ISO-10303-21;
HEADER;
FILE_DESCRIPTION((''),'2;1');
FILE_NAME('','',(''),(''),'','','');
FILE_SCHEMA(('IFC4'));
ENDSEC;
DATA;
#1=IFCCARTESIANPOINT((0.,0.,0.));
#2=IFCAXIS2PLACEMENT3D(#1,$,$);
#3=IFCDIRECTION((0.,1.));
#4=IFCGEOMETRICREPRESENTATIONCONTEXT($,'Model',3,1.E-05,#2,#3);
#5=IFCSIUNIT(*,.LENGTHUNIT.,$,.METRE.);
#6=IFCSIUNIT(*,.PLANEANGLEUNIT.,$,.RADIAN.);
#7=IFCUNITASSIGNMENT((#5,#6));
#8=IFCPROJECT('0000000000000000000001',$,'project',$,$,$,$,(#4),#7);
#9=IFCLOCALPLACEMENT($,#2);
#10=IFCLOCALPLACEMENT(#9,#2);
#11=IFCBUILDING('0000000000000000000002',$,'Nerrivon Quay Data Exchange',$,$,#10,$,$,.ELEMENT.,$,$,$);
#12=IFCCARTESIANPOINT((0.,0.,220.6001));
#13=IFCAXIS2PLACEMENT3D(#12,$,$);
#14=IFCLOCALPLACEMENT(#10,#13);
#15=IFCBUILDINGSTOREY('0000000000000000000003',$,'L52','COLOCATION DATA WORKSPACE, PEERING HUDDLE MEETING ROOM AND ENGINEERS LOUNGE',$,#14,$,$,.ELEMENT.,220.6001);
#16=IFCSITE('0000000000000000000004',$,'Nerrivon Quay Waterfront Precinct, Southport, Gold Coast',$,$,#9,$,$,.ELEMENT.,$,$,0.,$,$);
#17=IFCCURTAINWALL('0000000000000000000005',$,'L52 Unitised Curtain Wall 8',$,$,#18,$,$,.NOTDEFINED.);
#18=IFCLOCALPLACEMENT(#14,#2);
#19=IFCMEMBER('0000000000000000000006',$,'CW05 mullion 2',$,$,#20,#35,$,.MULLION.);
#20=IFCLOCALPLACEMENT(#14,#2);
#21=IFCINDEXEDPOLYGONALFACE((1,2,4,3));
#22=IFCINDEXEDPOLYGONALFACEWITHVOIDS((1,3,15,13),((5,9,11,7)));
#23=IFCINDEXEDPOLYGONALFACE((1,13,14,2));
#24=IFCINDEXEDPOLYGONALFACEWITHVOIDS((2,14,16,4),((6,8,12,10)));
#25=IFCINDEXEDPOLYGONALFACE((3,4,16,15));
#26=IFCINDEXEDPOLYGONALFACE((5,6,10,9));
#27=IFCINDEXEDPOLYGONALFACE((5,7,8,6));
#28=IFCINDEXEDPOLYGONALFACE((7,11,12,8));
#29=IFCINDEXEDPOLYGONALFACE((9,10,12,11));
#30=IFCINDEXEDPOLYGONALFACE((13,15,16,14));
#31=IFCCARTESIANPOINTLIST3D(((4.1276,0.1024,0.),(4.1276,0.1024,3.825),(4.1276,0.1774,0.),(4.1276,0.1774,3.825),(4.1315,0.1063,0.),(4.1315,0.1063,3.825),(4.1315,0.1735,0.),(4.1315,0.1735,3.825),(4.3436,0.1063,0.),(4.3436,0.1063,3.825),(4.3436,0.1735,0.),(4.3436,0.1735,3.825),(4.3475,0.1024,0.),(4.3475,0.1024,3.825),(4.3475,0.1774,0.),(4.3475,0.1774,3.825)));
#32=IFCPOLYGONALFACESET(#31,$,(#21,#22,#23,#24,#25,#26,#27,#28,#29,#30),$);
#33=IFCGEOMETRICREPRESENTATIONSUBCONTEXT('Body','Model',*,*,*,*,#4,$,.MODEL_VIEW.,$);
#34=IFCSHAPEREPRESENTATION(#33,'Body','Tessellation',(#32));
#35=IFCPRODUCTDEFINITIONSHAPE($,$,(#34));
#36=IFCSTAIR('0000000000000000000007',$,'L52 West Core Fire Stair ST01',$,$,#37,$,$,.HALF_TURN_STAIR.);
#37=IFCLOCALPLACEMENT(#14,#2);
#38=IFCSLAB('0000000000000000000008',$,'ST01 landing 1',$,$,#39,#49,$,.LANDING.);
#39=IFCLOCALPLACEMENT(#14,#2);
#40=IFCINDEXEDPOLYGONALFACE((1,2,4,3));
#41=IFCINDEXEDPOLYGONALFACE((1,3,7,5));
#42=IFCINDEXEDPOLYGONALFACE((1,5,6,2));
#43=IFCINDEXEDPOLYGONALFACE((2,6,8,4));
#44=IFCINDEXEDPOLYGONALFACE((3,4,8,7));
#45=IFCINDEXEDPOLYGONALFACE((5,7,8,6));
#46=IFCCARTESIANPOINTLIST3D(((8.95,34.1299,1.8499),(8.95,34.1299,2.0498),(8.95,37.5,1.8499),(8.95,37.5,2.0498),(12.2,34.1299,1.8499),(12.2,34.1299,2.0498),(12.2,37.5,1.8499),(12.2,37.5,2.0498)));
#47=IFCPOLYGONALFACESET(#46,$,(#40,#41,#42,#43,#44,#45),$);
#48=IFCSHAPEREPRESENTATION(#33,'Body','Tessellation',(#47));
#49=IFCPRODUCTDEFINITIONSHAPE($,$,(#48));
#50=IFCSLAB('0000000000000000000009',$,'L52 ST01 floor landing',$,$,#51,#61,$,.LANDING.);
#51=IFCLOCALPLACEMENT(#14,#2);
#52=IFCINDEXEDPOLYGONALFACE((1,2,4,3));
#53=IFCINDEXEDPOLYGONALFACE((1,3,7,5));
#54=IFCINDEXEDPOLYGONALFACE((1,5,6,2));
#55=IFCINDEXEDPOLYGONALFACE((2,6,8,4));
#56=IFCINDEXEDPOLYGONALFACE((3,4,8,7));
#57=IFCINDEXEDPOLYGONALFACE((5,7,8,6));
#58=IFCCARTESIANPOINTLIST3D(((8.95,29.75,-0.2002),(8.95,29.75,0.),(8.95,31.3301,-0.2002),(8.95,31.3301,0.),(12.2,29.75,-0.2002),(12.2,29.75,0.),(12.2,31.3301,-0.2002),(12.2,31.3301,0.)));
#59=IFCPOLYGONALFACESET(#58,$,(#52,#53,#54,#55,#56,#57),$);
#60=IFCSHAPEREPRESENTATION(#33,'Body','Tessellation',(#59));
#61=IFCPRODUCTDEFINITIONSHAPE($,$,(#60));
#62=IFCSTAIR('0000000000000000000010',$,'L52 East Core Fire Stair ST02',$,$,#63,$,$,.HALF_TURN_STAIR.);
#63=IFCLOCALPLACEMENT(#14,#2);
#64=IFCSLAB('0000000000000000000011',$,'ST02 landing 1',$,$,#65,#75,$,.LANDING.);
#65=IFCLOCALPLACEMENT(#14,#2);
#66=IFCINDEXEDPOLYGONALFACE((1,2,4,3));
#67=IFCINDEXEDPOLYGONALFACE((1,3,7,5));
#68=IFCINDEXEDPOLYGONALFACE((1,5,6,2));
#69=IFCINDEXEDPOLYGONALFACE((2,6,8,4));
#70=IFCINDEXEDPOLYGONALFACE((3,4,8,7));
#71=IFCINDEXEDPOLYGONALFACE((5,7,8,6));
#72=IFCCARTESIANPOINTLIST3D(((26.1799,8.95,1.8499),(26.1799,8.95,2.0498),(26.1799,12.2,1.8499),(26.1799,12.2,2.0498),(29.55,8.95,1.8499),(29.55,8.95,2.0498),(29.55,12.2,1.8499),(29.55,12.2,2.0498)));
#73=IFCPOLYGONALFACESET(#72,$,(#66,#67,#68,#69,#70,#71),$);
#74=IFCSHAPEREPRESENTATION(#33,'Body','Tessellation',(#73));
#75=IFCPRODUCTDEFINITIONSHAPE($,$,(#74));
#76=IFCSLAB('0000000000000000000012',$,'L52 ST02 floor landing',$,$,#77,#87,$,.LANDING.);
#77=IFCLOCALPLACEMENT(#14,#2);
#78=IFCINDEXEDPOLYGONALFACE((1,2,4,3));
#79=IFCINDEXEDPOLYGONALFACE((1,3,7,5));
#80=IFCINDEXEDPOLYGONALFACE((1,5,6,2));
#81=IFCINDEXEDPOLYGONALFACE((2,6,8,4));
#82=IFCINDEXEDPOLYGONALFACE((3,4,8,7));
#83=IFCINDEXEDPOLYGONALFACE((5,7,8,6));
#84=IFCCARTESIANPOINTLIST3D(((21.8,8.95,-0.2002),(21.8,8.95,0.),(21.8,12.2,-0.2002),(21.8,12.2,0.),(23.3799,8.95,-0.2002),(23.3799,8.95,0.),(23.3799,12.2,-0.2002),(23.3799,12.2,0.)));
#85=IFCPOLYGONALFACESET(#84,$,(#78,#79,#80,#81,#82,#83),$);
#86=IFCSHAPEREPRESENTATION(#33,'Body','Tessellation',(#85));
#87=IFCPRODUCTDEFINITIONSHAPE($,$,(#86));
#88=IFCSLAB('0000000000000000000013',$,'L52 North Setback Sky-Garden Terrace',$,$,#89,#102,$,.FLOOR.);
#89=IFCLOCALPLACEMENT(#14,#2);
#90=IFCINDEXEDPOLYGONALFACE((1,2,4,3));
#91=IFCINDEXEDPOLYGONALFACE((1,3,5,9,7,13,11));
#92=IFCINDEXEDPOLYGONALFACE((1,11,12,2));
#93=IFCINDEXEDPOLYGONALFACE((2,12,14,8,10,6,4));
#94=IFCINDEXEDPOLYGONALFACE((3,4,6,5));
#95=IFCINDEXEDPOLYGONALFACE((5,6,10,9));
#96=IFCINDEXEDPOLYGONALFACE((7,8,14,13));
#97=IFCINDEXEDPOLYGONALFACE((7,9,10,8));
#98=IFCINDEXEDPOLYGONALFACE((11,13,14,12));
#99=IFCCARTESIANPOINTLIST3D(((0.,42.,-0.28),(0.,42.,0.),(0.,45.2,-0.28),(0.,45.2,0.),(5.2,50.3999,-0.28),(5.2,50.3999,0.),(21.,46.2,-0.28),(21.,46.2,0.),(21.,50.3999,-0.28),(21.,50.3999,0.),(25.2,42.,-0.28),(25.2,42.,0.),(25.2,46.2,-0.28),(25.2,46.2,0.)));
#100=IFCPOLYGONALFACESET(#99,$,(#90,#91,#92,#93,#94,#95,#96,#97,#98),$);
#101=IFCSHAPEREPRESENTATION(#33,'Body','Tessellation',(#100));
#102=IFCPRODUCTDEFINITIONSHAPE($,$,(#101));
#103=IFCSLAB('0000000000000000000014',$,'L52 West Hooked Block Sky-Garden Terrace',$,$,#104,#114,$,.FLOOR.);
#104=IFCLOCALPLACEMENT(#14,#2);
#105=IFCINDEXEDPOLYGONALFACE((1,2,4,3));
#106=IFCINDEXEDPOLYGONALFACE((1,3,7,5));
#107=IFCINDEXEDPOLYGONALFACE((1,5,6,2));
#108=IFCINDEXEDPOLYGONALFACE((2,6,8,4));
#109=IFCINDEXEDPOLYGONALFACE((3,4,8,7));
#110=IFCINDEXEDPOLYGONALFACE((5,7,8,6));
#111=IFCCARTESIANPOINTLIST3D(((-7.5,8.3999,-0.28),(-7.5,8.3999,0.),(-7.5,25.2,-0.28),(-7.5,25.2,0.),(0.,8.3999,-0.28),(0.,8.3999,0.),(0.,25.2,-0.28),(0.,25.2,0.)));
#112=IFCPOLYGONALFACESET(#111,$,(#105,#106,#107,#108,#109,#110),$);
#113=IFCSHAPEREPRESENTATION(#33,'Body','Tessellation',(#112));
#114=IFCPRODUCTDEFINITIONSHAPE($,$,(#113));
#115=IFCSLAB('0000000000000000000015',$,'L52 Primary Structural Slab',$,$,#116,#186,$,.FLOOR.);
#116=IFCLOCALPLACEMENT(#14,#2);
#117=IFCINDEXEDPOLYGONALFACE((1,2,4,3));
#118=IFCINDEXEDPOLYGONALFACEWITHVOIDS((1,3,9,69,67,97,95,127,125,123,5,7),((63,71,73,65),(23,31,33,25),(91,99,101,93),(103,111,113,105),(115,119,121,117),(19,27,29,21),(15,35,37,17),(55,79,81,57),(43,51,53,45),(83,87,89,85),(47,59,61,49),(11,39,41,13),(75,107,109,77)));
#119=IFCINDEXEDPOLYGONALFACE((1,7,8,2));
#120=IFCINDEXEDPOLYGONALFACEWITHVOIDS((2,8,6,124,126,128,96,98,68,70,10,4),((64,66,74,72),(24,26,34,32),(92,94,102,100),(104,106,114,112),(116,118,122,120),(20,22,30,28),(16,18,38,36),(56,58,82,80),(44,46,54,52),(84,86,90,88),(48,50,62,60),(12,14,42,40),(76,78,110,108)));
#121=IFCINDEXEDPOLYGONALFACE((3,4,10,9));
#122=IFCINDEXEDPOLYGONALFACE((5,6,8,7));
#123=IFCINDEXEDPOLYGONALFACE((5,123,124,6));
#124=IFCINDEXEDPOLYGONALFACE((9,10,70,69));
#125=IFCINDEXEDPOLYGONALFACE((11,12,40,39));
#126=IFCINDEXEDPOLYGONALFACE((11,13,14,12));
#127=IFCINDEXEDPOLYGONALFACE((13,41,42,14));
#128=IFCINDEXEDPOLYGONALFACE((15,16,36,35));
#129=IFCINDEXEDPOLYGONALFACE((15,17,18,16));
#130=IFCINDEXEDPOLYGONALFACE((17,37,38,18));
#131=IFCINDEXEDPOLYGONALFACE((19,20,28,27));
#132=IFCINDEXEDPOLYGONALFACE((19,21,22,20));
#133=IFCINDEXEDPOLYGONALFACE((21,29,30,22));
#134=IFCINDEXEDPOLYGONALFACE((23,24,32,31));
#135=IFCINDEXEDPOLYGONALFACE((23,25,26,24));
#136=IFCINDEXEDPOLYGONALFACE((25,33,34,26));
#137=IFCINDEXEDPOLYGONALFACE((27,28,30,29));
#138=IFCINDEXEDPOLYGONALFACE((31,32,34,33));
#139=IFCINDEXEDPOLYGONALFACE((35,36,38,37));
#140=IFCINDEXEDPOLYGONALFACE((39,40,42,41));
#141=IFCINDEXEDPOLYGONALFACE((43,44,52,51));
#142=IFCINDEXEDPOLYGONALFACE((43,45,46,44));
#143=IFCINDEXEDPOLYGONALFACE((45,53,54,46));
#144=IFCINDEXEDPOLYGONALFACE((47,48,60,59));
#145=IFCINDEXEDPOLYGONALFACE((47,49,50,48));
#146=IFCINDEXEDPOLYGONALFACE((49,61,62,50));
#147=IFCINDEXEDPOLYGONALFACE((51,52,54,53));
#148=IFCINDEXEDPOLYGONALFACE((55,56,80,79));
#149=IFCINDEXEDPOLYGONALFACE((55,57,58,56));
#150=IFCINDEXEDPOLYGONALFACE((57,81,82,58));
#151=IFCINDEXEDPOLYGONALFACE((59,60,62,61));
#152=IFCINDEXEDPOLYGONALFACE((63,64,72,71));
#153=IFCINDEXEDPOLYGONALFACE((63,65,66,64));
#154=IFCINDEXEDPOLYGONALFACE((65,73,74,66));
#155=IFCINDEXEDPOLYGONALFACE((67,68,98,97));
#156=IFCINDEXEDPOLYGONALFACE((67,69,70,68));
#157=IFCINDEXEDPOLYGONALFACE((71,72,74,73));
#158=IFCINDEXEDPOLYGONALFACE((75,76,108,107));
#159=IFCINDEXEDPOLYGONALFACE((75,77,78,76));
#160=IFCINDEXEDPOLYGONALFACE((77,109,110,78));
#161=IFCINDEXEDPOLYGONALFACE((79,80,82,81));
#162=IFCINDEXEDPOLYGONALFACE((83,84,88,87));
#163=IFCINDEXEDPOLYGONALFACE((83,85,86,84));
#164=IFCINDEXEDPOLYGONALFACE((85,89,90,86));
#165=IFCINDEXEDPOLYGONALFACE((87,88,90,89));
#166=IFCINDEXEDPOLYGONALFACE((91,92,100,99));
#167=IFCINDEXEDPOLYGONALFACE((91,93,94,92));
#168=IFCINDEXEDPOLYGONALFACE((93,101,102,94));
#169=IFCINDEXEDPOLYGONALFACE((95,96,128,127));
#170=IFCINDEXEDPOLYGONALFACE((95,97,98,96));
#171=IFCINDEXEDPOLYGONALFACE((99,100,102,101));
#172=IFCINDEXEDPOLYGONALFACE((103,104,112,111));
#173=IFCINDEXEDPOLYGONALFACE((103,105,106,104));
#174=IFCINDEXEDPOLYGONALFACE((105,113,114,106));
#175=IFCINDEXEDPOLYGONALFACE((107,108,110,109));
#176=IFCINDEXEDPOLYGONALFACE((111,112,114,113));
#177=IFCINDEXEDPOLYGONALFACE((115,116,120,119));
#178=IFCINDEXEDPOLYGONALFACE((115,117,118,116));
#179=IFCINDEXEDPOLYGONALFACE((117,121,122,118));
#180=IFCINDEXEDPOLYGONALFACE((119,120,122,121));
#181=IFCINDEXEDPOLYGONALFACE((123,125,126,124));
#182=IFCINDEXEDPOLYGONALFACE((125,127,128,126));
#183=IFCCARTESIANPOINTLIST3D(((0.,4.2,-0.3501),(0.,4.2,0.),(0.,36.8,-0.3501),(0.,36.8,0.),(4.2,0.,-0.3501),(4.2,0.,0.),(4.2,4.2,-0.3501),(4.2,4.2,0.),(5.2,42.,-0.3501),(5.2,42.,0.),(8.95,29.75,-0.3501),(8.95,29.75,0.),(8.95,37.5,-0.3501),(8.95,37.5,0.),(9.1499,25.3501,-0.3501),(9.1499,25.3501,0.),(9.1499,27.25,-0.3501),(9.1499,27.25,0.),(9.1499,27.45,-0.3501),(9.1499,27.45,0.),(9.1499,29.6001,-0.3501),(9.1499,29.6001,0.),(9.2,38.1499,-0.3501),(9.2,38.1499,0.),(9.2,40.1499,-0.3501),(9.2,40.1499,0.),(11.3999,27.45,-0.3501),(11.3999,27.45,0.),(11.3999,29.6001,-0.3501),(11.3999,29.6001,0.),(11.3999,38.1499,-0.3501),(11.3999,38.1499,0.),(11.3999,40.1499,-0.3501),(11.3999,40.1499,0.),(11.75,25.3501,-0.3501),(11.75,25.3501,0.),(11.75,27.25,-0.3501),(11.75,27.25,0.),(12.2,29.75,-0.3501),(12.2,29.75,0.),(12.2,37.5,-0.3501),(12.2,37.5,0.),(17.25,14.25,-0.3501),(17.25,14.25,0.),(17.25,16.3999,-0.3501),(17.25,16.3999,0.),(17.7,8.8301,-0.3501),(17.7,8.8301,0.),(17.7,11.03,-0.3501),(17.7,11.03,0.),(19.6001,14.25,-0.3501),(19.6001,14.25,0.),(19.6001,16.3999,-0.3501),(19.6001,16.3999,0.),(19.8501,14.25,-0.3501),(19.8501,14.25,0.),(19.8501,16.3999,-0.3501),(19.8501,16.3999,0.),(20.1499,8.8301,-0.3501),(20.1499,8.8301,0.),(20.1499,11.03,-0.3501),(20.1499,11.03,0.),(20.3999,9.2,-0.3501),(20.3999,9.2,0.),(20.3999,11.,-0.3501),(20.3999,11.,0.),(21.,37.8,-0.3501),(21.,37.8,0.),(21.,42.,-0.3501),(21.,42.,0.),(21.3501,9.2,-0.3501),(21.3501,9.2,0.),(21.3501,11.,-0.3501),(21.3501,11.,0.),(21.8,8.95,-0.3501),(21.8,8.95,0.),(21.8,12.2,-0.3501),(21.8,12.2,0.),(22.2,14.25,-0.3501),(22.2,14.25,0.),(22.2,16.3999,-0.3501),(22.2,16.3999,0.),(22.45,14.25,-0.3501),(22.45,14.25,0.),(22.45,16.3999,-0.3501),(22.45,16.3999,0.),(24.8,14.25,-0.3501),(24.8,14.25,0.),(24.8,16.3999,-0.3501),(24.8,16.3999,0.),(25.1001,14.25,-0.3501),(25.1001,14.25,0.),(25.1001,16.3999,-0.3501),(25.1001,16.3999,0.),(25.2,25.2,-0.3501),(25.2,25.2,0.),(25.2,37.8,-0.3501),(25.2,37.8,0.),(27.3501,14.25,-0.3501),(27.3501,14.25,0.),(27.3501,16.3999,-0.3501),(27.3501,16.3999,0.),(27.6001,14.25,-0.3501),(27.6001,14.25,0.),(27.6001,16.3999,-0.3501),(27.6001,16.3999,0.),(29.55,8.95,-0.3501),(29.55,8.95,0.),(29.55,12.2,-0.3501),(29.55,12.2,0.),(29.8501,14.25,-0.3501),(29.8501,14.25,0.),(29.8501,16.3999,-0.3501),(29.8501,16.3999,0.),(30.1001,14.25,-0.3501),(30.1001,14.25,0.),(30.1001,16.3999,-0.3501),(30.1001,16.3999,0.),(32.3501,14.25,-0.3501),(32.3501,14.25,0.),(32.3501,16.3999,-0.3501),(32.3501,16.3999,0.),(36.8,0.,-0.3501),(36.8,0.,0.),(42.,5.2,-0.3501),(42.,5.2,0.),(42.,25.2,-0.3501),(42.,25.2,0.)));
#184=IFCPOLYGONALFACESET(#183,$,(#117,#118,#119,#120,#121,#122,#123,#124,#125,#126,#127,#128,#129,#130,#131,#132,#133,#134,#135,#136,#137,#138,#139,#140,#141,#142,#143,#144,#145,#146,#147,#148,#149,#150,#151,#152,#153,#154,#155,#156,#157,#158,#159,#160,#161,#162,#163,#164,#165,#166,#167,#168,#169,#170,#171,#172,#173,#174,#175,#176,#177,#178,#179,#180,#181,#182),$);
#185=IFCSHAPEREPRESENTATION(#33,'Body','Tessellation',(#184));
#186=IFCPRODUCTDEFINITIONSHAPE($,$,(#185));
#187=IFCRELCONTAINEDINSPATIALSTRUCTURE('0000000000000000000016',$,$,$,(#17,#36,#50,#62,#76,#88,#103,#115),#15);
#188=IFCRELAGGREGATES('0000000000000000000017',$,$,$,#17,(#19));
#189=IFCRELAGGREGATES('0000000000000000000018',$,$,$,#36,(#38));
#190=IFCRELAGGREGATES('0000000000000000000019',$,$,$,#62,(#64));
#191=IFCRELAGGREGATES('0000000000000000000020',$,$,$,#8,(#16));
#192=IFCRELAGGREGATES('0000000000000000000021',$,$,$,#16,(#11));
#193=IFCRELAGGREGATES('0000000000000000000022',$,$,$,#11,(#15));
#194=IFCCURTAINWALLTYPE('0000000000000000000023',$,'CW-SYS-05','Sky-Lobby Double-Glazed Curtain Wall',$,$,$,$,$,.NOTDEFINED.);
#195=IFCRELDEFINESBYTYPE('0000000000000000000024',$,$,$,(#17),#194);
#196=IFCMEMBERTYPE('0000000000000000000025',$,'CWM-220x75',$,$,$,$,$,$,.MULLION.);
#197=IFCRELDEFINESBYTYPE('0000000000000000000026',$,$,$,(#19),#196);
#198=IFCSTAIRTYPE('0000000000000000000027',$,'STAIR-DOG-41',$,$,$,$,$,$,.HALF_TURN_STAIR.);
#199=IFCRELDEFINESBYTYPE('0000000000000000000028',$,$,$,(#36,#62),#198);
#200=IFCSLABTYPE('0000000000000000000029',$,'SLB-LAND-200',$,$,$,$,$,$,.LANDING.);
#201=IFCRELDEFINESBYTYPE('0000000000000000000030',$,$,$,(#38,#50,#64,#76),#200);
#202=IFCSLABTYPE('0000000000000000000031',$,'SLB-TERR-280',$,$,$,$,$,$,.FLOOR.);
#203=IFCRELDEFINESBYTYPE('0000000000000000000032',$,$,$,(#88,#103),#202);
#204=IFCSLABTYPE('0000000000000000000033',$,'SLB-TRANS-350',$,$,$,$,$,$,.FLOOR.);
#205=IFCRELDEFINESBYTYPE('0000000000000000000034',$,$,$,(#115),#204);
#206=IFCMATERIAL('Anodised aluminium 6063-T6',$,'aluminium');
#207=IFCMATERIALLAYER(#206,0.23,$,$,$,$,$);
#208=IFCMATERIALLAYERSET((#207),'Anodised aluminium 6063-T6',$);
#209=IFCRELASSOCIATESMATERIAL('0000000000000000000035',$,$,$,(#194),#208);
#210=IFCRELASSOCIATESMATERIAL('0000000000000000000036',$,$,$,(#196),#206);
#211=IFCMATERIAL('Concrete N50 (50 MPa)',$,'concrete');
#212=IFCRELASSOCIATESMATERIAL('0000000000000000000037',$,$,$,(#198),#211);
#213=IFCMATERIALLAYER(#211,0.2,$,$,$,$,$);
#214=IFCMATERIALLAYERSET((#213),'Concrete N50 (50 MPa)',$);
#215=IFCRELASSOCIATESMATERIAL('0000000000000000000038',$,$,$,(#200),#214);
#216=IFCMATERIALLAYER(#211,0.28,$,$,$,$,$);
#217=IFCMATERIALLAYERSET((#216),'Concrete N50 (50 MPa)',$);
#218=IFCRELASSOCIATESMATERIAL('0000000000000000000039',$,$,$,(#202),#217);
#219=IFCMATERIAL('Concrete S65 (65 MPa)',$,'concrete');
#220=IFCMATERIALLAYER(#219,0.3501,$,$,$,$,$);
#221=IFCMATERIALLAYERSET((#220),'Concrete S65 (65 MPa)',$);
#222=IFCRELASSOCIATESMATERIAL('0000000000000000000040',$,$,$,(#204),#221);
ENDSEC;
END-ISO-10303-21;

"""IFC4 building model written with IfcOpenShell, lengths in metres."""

from ifc_helpers import new_model, si_unit, direction, frame, origin, origin_2d, place, context, subcontext, project, spatial, polyline, hollow_rectangle, outline, extrude, material, layer, layer_set, material_profile, profile_set, type_object, element, aggregate, save


model = new_model("IFC4")

# Units and contexts
model_context = context("Model", 3, precision=1e-05, world=origin(), true_north=direction((0.0, 1.0)))
body_context = subcontext(model_context, "Body", "Model", "MODEL_VIEW")
ifc_project = project(units=[si_unit("LENGTHUNIT", "METRE"), si_unit("PLANEANGLEUNIT", "RADIAN")], contexts=[model_context])

# Site, building, storey
site_placement = place(None, origin())
site = spatial("IfcSite", under=ifc_project, at=site_placement, Name="Nerrivon Quay Waterfront Precinct, Southport, Gold Coast", CompositionType="ELEMENT", RefElevation=0.0)
building_placement = place(site_placement, origin())
building = spatial("IfcBuilding", under=site, at=building_placement, Name="Nerrivon Quay Data Exchange", CompositionType="ELEMENT")
storey_placement = place(building_placement, frame((0.0, 0.0, 220.6001)))
storey = spatial("IfcBuildingStorey", under=building, at=storey_placement, Name="L52", Description="COLOCATION DATA WORKSPACE, PEERING HUDDLE MEETING ROOM AND ENGINEERS LOUNGE", CompositionType="ELEMENT", Elevation=220.6001)

# Curtain wall, member
ifc_material_1 = material(Name="Anodised aluminium 6063-T6", Category="aluminium")
ifc_layer_1 = layer(ifc_material_1, 0.23)
ifc_layer_set_1 = layer_set([ifc_layer_1], Name="Anodised aluminium 6063-T6")
curtain_wall_type = type_object("IfcCurtainWallType", Name="CW-SYS-05", Description="Sky-Lobby Double-Glazed Curtain Wall", PredefinedType="NOTDEFINED", material=ifc_layer_set_1)
curtain_wall_placement = place(storey_placement, origin())
curtain_wall = element("IfcCurtainWall", 1, at=curtain_wall_placement, inside=storey, type_object=curtain_wall_type, Name="L52 Unitised Curtain Wall 8", PredefinedType="NOTDEFINED")
ifc_material_profile = material_profile(ifc_material_1, hollow_rectangle(XDim=0.075, YDim=0.22, WallThickness=0.0039, at=origin_2d()), Name="ALU-MULL-220x75")
ifc_profile_set = profile_set([ifc_material_profile], Name="Anodised aluminium 6063-T6")
member_type = type_object("IfcMemberType", Name="CWM-220x75", PredefinedType="MULLION", material=ifc_profile_set)
member_placement = place(storey_placement, frame((4.2375, 0.1399, 0.0), z_axis=(0.0, 0.0, 1.0), x_axis=(0.0, -1.0, 0.0)))
member = element("IfcMember", 2, at=member_placement, type_object=member_type, Name="CW05 mullion 2", PredefinedType="MULLION", context=body_context, shape_type="SweptSolid", body=[
    extrude(hollow_rectangle(XDim=0.075, YDim=0.22, WallThickness=0.0039, at=origin_2d()), origin(), (0.0, 0.0, 1.0), 3.825),
])
aggregate(curtain_wall, [member])

# Stair, slab
ifc_material_2 = material(Name="Concrete N50 (50 MPa)", Category="concrete")
stair_type = type_object("IfcStairType", Name="STAIR-DOG-41", PredefinedType="HALF_TURN_STAIR", material=ifc_material_2)
stair_1_placement = place(storey_placement, origin())
stair_1 = element("IfcStair", 3, at=stair_1_placement, inside=storey, type_object=stair_type, Name="L52 West Core Fire Stair ST01", PredefinedType="HALF_TURN_STAIR")
ifc_layer_2 = layer(ifc_material_2, 0.2)
ifc_layer_set_2 = layer_set([ifc_layer_2], Name="Concrete N50 (50 MPa)")
slab_type_1 = type_object("IfcSlabType", Name="SLB-LAND-200", PredefinedType="LANDING", material=ifc_layer_set_2)
slab_1_placement = place(storey_placement, frame((0.0, 0.0, 1.8499)))
slab_1 = element("IfcSlab", 4, at=slab_1_placement, type_object=slab_type_1, Name="ST01 landing 1", PredefinedType="LANDING", context=body_context, shape_type="SweptSolid", body=[
    extrude(outline(polyline([(12.2, 34.1299), (12.2, 37.5), (8.95, 37.5), (8.95, 34.1299), (12.2, 34.1299)])), origin(), (0.0, 0.0, 1.0), 0.2),
])
aggregate(stair_1, [slab_1])

# Slab
slab_2_placement = place(storey_placement, frame((0.0, 0.0, -0.2002)))
element("IfcSlab", 5, at=slab_2_placement, inside=storey, type_object=slab_type_1, Name="L52 ST01 floor landing", PredefinedType="LANDING", context=body_context, shape_type="SweptSolid", body=[
    extrude(outline(polyline([(12.2, 29.75), (12.2, 31.3301), (8.95, 31.3301), (8.95, 29.75), (12.2, 29.75)])), origin(), (0.0, 0.0, 1.0), 0.2002),
])

# Stair, slab
stair_2_placement = place(storey_placement, origin())
stair_2 = element("IfcStair", 6, at=stair_2_placement, inside=storey, type_object=stair_type, Name="L52 East Core Fire Stair ST02", PredefinedType="HALF_TURN_STAIR")
slab_3_placement = place(storey_placement, frame((0.0, 0.0, 1.8499)))
slab_3 = element("IfcSlab", 7, at=slab_3_placement, type_object=slab_type_1, Name="ST02 landing 1", PredefinedType="LANDING", context=body_context, shape_type="SweptSolid", body=[
    extrude(outline(polyline([(26.1799, 8.95), (29.55, 8.95), (29.55, 12.2), (26.1799, 12.2), (26.1799, 8.95)])), origin(), (0.0, 0.0, 1.0), 0.2),
])
aggregate(stair_2, [slab_3])

# Slabs
slab_4_placement = place(storey_placement, frame((0.0, 0.0, -0.2002)))
element("IfcSlab", 8, at=slab_4_placement, inside=storey, type_object=slab_type_1, Name="L52 ST02 floor landing", PredefinedType="LANDING", context=body_context, shape_type="SweptSolid", body=[
    extrude(outline(polyline([(21.8, 8.95), (23.3799, 8.95), (23.3799, 12.2), (21.8, 12.2), (21.8, 8.95)])), origin(), (0.0, 0.0, 1.0), 0.2002),
])
ifc_layer_3 = layer(ifc_material_2, 0.28)
ifc_layer_set_3 = layer_set([ifc_layer_3], Name="Concrete N50 (50 MPa)")
slab_type_2 = type_object("IfcSlabType", Name="SLB-TERR-280", PredefinedType="FLOOR", material=ifc_layer_set_3)
slab_5_placement = place(storey_placement, frame((0.0, 0.0, -0.28)))
element("IfcSlab", 9, at=slab_5_placement, inside=storey, type_object=slab_type_2, Name="L52 North Setback Sky-Garden Terrace", PredefinedType="FLOOR", context=body_context, shape_type="SweptSolid", body=[
    extrude(outline(polyline([(25.2, 46.2), (21.0, 46.2), (21.0, 50.3999), (5.2, 50.3999), (0.0, 45.2), (0.0, 42.0), (25.2, 42.0), (25.2, 46.2)])), origin(), (0.0, 0.0, 1.0), 0.28),
])
slab_6_placement = place(storey_placement, frame((0.0, 0.0, -0.28)))
element("IfcSlab", 10, at=slab_6_placement, inside=storey, type_object=slab_type_2, Name="L52 West Hooked Block Sky-Garden Terrace", PredefinedType="FLOOR", context=body_context, shape_type="SweptSolid", body=[
    extrude(outline(polyline([(0.0, 8.3999), (0.0, 25.2), (-7.5, 25.2), (-7.5, 8.3999), (0.0, 8.3999)])), origin(), (0.0, 0.0, 1.0), 0.28),
])
ifc_material_3 = material(Name="Concrete S65 (65 MPa)", Category="concrete")
ifc_layer_4 = layer(ifc_material_3, 0.3501)
ifc_layer_set_4 = layer_set([ifc_layer_4], Name="Concrete S65 (65 MPa)")
slab_type_3 = type_object("IfcSlabType", Name="SLB-TRANS-350", PredefinedType="FLOOR", material=ifc_layer_set_4)
slab_7_placement = place(storey_placement, frame((0.0, 0.0, -0.3501)))
element("IfcSlab", 11, at=slab_7_placement, inside=storey, type_object=slab_type_3, Name="L52 Primary Structural Slab", PredefinedType="FLOOR", context=body_context, shape_type="SweptSolid", body=[
    extrude(outline(polyline([(42.0, 25.2), (25.2, 25.2), (25.2, 37.8), (21.0, 37.8), (21.0, 42.0), (5.2, 42.0), (0.0, 36.8), (0.0, 4.2), (4.2, 4.2), (4.2, 0.0), (36.8, 0.0), (42.0, 5.2), (42.0, 25.2)]), holes=[polyline([(8.95, 29.75), (8.95, 37.5), (12.2, 37.5), (12.2, 29.75), (8.95, 29.75)]), polyline([(21.8, 12.2), (29.55, 12.2), (29.55, 8.95), (21.8, 8.95), (21.8, 12.2)]), polyline([(30.1001, 16.3999), (32.3501, 16.3999), (32.3501, 14.25), (30.1001, 14.25), (30.1001, 16.3999)]), polyline([(27.6001, 16.3999), (29.8501, 16.3999), (29.8501, 14.25), (27.6001, 14.25), (27.6001, 16.3999)]), polyline([(25.1001, 14.25), (25.1001, 16.3999), (27.3501, 16.3999), (27.3501, 14.25), (25.1001, 14.25)]), polyline([(22.45, 16.3999), (24.8, 16.3999), (24.8, 14.25), (22.45, 14.25), (22.45, 16.3999)]), polyline([(19.8501, 16.3999), (22.2, 16.3999), (22.2, 14.25), (19.8501, 14.25), (19.8501, 16.3999)]), polyline([(20.3999, 9.2), (20.3999, 11.0), (21.3501, 11.0), (21.3501, 9.2), (20.3999, 9.2)]), polyline([(17.7, 8.8301), (17.7, 11.03), (20.1499, 11.03), (20.1499, 8.8301), (17.7, 8.8301)]), polyline([(17.25, 14.25), (17.25, 16.3999), (19.6001, 16.3999), (19.6001, 14.25), (17.25, 14.25)]), polyline([(9.1499, 27.25), (11.75, 27.25), (11.75, 25.3501), (9.1499, 25.3501), (9.1499, 27.25)]), polyline([(9.1499, 29.6001), (11.3999, 29.6001), (11.3999, 27.45), (9.1499, 27.45), (9.1499, 29.6001)]), polyline([(9.2, 38.1499), (9.2, 40.1499), (11.3999, 40.1499), (11.3999, 38.1499), (9.2, 38.1499)])]), origin(), (0.0, 0.0, 1.0), 0.3501),
])

save(model, "model.ifc")
